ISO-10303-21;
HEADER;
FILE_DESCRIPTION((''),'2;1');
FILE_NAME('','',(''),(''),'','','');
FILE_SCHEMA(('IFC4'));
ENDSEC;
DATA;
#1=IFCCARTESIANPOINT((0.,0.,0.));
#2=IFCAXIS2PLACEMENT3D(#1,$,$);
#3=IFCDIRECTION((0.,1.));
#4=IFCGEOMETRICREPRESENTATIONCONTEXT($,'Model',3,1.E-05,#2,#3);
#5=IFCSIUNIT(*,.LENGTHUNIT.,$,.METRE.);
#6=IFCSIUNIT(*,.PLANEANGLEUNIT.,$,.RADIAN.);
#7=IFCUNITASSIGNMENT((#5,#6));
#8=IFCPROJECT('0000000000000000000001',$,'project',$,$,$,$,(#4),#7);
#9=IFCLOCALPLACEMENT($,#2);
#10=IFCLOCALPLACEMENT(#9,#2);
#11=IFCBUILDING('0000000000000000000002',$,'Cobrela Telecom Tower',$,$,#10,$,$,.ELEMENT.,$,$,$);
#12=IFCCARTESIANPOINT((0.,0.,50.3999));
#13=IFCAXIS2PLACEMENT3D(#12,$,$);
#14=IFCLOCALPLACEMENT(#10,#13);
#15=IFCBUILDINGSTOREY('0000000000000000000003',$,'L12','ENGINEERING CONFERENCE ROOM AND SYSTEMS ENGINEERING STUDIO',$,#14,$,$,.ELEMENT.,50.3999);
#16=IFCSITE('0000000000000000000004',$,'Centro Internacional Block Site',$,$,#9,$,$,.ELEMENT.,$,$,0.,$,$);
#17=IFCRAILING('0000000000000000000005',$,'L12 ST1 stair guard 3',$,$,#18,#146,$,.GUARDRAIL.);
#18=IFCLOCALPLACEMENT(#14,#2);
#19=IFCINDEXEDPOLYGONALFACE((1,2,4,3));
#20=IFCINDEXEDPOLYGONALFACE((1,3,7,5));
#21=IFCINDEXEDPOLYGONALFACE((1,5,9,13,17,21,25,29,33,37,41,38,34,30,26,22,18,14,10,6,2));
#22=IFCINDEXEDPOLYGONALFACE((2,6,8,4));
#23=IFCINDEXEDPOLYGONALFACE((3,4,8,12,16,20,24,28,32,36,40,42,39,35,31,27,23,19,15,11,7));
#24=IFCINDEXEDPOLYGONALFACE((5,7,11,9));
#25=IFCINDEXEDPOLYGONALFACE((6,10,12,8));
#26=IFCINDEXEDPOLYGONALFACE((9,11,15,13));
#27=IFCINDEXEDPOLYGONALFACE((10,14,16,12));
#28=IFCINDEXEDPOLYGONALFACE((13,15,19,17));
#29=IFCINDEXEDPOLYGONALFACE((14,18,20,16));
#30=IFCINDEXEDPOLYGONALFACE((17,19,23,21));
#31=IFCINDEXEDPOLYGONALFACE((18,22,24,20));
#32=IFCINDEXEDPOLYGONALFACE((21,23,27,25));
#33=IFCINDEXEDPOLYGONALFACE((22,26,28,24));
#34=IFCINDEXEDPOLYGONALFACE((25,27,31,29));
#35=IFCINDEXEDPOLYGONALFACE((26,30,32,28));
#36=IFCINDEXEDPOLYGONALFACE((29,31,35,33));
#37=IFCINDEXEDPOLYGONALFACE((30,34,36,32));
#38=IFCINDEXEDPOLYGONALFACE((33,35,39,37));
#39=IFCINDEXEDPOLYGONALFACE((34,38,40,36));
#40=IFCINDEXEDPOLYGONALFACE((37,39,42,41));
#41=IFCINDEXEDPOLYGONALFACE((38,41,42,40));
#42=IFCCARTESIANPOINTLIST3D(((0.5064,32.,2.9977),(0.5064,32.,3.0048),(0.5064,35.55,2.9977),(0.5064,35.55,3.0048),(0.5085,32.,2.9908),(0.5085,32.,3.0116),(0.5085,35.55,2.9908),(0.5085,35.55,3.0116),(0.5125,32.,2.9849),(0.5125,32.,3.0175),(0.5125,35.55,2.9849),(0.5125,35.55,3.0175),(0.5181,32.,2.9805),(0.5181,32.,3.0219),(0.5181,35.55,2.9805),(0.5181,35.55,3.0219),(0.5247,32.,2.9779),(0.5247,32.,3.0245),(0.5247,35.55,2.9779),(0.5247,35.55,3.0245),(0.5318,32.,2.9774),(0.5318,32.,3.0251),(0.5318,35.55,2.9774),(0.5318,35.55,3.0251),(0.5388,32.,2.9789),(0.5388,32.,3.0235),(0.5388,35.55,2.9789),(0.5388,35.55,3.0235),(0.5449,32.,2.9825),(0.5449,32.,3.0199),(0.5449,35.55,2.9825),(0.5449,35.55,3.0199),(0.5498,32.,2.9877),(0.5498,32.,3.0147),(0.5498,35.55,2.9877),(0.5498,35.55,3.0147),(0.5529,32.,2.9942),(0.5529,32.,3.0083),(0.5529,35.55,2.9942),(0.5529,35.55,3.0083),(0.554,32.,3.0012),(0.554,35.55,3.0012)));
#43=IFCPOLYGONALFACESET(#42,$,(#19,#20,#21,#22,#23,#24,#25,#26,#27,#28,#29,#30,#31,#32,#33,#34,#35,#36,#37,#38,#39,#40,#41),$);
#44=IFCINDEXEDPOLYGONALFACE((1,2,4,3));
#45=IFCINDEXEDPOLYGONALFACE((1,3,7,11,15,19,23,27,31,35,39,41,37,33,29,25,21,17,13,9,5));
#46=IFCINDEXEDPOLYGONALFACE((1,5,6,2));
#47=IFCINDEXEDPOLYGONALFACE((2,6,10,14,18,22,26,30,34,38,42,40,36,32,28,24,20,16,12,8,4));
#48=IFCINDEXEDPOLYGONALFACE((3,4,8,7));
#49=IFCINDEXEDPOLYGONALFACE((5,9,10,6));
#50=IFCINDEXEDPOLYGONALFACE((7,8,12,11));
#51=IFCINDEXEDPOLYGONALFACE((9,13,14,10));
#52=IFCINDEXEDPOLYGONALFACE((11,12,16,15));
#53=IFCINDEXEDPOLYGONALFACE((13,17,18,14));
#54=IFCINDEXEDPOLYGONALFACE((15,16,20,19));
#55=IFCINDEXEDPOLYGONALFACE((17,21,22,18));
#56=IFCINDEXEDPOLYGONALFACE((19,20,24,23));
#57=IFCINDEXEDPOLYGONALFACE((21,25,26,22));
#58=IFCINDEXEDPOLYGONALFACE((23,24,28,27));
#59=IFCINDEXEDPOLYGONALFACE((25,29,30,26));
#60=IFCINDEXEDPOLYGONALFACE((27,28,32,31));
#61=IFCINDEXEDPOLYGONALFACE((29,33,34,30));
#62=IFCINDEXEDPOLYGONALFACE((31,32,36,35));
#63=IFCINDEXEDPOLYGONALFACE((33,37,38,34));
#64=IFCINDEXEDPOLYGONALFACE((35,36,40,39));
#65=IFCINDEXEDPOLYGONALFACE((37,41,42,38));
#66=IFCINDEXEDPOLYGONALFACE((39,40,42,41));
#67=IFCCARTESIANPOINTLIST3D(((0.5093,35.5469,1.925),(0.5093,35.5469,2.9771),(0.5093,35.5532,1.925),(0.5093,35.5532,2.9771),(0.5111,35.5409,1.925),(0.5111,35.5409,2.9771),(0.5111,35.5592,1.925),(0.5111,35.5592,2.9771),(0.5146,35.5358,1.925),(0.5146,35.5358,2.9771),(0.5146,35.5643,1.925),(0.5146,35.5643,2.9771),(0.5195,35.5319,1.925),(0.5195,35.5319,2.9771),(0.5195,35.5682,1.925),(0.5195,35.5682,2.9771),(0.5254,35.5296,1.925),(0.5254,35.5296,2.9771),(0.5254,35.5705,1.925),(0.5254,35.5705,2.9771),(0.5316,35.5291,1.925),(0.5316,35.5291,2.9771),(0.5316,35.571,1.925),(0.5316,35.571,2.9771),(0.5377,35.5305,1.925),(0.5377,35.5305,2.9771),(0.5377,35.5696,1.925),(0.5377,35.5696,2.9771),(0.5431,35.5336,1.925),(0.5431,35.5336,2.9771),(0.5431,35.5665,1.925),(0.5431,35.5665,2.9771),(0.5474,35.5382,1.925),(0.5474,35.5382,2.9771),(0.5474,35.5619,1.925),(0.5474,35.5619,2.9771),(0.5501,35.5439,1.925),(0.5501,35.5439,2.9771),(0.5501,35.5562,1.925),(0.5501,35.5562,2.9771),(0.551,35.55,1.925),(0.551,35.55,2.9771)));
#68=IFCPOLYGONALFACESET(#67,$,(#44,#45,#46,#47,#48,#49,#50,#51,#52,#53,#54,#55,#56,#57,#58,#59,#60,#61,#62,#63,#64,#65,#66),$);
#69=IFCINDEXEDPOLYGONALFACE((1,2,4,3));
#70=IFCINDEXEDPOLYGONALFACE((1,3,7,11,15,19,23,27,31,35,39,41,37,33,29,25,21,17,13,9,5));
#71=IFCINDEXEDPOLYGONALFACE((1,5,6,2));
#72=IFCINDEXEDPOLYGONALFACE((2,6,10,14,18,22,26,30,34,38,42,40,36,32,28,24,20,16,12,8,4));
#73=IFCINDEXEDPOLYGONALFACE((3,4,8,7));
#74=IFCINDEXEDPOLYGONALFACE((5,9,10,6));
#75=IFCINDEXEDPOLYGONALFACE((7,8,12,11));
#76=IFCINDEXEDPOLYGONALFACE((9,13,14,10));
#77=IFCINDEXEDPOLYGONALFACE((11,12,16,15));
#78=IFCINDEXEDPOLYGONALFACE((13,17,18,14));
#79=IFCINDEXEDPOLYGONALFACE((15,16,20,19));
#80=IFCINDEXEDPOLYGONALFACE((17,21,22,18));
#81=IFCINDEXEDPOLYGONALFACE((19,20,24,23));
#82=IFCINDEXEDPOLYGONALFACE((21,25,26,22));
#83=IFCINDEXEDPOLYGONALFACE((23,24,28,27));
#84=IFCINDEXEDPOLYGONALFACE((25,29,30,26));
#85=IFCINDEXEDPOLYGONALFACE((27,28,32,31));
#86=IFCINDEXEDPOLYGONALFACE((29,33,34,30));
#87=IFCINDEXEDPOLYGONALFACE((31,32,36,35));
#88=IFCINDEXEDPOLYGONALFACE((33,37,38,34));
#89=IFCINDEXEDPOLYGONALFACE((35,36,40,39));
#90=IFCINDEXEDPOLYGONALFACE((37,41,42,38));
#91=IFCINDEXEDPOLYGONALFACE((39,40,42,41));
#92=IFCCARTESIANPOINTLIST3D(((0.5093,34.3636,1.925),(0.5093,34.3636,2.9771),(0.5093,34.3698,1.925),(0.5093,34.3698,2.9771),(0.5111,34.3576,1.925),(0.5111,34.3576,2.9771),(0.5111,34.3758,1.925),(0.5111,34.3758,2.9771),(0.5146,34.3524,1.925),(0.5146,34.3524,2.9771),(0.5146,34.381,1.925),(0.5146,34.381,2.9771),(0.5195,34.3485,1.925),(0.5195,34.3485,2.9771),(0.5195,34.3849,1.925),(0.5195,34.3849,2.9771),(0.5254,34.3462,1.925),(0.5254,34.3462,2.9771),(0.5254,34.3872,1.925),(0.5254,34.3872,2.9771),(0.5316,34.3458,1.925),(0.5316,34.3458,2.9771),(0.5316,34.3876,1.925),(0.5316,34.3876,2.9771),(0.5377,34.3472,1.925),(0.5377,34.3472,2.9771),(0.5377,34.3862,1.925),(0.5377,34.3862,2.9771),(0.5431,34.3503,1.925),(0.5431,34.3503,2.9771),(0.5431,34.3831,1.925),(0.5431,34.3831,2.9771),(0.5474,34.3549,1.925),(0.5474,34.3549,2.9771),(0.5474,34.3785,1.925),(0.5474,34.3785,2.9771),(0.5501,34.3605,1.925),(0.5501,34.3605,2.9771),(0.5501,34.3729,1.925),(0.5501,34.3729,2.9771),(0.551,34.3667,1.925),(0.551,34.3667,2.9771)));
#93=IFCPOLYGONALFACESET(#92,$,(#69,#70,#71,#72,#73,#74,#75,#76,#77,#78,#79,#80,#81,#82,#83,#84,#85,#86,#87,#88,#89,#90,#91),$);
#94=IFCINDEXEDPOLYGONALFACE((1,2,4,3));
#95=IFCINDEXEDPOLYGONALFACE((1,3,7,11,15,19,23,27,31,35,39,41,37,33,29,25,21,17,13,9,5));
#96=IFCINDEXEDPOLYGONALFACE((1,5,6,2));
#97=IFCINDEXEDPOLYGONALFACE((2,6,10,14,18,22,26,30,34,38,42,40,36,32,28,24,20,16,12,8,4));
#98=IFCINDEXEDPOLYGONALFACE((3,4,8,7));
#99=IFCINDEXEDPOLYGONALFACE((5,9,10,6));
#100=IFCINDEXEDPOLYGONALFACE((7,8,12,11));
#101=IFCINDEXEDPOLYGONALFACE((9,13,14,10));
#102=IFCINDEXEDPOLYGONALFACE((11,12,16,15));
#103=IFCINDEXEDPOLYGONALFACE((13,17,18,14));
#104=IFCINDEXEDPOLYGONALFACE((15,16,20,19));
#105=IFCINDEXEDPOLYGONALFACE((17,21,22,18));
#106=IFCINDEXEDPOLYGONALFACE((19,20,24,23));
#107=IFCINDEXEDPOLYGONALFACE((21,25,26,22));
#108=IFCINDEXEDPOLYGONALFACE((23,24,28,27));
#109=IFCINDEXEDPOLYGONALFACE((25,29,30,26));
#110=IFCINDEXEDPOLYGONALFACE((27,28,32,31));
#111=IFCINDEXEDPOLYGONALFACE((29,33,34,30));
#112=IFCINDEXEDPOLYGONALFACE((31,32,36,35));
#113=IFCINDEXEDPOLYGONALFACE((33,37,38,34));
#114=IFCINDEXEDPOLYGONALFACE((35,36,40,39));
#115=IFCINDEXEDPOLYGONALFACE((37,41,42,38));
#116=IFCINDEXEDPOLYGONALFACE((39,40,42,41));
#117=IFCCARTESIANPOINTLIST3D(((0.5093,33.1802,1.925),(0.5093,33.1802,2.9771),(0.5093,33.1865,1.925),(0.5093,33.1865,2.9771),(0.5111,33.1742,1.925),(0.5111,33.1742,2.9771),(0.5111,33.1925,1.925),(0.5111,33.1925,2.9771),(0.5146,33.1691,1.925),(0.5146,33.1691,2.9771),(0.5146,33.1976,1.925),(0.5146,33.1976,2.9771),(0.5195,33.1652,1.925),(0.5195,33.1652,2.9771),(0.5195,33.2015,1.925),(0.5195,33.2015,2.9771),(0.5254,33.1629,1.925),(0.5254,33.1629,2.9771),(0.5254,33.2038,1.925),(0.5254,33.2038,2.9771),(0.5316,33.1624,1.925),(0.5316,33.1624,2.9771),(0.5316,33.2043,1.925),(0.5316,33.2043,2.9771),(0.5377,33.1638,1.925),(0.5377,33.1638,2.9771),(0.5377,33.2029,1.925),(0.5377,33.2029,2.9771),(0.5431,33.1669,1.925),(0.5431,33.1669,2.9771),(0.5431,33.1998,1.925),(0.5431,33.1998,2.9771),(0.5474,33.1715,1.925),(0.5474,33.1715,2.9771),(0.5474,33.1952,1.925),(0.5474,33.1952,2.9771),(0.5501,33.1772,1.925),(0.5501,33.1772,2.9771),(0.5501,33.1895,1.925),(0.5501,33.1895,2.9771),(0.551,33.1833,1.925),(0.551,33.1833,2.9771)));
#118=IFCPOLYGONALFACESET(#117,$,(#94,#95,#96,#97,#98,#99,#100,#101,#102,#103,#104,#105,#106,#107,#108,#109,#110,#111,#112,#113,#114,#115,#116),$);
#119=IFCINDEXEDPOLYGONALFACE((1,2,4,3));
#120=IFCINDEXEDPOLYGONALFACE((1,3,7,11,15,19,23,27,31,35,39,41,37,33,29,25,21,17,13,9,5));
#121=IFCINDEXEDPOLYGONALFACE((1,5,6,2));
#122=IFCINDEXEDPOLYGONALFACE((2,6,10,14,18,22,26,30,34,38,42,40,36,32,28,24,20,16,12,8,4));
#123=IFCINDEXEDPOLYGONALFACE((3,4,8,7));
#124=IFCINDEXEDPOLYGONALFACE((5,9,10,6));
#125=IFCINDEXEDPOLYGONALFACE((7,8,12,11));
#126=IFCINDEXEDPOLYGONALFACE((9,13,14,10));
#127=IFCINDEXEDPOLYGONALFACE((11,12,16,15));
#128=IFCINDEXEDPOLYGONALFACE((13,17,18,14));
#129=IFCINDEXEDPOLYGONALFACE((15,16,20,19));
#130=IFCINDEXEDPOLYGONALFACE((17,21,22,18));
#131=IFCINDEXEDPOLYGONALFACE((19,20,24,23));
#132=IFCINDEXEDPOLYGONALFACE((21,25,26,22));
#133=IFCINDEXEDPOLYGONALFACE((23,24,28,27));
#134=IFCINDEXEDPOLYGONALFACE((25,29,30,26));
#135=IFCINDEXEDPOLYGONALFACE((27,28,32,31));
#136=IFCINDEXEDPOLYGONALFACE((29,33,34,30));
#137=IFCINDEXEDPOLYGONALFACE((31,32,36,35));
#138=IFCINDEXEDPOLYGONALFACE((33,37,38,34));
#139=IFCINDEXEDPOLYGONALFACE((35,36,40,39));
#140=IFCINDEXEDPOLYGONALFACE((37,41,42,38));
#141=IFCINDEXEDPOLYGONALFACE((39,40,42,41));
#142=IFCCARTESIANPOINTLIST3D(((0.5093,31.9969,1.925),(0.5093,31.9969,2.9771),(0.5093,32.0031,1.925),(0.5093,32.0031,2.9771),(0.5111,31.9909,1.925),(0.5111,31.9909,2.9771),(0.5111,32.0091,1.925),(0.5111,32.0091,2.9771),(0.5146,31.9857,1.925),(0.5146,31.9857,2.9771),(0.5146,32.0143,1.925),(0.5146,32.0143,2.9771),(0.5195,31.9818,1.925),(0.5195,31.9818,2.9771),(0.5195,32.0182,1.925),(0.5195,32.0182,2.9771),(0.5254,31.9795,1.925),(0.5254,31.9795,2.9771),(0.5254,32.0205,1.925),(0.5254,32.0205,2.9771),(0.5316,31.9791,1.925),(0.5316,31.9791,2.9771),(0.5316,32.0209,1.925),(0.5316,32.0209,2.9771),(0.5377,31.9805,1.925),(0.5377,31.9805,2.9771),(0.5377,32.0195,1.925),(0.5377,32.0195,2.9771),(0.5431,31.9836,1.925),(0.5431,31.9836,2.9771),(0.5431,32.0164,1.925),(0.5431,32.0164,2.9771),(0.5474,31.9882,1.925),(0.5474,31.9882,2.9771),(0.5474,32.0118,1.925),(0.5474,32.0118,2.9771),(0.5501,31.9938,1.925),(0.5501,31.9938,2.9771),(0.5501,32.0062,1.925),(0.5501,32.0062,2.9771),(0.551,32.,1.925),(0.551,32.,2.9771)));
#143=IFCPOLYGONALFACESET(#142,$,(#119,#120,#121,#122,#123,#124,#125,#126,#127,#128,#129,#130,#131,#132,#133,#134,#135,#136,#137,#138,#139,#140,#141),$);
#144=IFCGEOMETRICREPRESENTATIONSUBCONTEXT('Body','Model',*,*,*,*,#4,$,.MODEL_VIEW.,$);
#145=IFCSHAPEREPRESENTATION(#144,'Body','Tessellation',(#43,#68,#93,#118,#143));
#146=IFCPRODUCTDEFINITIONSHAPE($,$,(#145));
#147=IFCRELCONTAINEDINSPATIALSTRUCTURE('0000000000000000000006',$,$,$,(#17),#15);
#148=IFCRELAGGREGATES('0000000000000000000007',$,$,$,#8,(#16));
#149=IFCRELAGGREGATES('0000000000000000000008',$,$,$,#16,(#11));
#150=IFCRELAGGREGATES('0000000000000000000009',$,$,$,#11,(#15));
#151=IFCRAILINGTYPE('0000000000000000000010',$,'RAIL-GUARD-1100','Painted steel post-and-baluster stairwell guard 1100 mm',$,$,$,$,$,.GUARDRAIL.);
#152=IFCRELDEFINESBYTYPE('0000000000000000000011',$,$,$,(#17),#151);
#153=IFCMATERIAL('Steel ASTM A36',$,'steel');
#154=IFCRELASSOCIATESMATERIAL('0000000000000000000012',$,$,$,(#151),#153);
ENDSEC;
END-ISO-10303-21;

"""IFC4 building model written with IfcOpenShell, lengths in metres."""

from ifc_helpers import new_model, si_unit, direction, frame, origin, origin_2d, place, context, subcontext, project, spatial, circle, extrude, material, type_object, element, save


model = new_model("IFC4")

# Units and contexts
model_context = context("Model", 3, precision=1e-05, world=origin(), true_north=direction((0.0, 1.0)))
body_context = subcontext(model_context, "Body", "Model", "MODEL_VIEW")
ifc_project = project(units=[si_unit("LENGTHUNIT", "METRE"), si_unit("PLANEANGLEUNIT", "RADIAN")], contexts=[model_context])

# Site, building, storey
site_placement = place(None, origin())
site = spatial("IfcSite", under=ifc_project, at=site_placement, Name="Centro Internacional Block Site", CompositionType="ELEMENT", RefElevation=0.0)
building_placement = place(site_placement, origin())
building = spatial("IfcBuilding", under=site, at=building_placement, Name="Cobrela Telecom Tower", CompositionType="ELEMENT")
storey_placement = place(building_placement, frame((0.0, 0.0, 50.3999)))
storey = spatial("IfcBuildingStorey", under=building, at=storey_placement, Name="L12", Description="ENGINEERING CONFERENCE ROOM AND SYSTEMS ENGINEERING STUDIO", CompositionType="ELEMENT", Elevation=50.3999)

# Shared definitions
ifc_material_1 = material(Name="Steel ASTM A36", Category="steel")

# Railing
railing_type_1 = type_object("IfcRailingType", Name="RAIL-GUARD-1100", Description="Painted steel post-and-baluster stairwell guard 1100 mm", PredefinedType="GUARDRAIL", material=ifc_material_1)
railing_1_placement = place(storey_placement, frame((0.53, 35.55, 1.925)))
element("IfcRailing", 1, at=railing_1_placement, inside=storey, type_object=railing_type_1, Name="L12 ST1 stair guard 3", PredefinedType="GUARDRAIL", context=body_context, shape_type="SweptSolid", body=[
    extrude(circle(Radius=0.0239, at=origin_2d()), frame((0.0, 0.0, 1.0762), z_axis=(0.0, -1.0, 0.0), x_axis=(1.0, 0.0, 0.0)), (0.0, 0.0, 1.0), 3.55),
    extrude(circle(Radius=0.021, at=origin_2d()), origin(), (0.0, 0.0, 1.0), 1.052),
    extrude(circle(Radius=0.021, at=origin_2d()), frame((0.0, -1.1833, 0.0)), (0.0, 0.0, 1.0), 1.052),
    extrude(circle(Radius=0.021, at=origin_2d()), frame((0.0, -2.3667, 0.0)), (0.0, 0.0, 1.0), 1.052),
    extrude(circle(Radius=0.021, at=origin_2d()), frame((0.0, -3.55, 0.0)), (0.0, 0.0, 1.0), 1.052),
])

save(model, "model.ifc")
